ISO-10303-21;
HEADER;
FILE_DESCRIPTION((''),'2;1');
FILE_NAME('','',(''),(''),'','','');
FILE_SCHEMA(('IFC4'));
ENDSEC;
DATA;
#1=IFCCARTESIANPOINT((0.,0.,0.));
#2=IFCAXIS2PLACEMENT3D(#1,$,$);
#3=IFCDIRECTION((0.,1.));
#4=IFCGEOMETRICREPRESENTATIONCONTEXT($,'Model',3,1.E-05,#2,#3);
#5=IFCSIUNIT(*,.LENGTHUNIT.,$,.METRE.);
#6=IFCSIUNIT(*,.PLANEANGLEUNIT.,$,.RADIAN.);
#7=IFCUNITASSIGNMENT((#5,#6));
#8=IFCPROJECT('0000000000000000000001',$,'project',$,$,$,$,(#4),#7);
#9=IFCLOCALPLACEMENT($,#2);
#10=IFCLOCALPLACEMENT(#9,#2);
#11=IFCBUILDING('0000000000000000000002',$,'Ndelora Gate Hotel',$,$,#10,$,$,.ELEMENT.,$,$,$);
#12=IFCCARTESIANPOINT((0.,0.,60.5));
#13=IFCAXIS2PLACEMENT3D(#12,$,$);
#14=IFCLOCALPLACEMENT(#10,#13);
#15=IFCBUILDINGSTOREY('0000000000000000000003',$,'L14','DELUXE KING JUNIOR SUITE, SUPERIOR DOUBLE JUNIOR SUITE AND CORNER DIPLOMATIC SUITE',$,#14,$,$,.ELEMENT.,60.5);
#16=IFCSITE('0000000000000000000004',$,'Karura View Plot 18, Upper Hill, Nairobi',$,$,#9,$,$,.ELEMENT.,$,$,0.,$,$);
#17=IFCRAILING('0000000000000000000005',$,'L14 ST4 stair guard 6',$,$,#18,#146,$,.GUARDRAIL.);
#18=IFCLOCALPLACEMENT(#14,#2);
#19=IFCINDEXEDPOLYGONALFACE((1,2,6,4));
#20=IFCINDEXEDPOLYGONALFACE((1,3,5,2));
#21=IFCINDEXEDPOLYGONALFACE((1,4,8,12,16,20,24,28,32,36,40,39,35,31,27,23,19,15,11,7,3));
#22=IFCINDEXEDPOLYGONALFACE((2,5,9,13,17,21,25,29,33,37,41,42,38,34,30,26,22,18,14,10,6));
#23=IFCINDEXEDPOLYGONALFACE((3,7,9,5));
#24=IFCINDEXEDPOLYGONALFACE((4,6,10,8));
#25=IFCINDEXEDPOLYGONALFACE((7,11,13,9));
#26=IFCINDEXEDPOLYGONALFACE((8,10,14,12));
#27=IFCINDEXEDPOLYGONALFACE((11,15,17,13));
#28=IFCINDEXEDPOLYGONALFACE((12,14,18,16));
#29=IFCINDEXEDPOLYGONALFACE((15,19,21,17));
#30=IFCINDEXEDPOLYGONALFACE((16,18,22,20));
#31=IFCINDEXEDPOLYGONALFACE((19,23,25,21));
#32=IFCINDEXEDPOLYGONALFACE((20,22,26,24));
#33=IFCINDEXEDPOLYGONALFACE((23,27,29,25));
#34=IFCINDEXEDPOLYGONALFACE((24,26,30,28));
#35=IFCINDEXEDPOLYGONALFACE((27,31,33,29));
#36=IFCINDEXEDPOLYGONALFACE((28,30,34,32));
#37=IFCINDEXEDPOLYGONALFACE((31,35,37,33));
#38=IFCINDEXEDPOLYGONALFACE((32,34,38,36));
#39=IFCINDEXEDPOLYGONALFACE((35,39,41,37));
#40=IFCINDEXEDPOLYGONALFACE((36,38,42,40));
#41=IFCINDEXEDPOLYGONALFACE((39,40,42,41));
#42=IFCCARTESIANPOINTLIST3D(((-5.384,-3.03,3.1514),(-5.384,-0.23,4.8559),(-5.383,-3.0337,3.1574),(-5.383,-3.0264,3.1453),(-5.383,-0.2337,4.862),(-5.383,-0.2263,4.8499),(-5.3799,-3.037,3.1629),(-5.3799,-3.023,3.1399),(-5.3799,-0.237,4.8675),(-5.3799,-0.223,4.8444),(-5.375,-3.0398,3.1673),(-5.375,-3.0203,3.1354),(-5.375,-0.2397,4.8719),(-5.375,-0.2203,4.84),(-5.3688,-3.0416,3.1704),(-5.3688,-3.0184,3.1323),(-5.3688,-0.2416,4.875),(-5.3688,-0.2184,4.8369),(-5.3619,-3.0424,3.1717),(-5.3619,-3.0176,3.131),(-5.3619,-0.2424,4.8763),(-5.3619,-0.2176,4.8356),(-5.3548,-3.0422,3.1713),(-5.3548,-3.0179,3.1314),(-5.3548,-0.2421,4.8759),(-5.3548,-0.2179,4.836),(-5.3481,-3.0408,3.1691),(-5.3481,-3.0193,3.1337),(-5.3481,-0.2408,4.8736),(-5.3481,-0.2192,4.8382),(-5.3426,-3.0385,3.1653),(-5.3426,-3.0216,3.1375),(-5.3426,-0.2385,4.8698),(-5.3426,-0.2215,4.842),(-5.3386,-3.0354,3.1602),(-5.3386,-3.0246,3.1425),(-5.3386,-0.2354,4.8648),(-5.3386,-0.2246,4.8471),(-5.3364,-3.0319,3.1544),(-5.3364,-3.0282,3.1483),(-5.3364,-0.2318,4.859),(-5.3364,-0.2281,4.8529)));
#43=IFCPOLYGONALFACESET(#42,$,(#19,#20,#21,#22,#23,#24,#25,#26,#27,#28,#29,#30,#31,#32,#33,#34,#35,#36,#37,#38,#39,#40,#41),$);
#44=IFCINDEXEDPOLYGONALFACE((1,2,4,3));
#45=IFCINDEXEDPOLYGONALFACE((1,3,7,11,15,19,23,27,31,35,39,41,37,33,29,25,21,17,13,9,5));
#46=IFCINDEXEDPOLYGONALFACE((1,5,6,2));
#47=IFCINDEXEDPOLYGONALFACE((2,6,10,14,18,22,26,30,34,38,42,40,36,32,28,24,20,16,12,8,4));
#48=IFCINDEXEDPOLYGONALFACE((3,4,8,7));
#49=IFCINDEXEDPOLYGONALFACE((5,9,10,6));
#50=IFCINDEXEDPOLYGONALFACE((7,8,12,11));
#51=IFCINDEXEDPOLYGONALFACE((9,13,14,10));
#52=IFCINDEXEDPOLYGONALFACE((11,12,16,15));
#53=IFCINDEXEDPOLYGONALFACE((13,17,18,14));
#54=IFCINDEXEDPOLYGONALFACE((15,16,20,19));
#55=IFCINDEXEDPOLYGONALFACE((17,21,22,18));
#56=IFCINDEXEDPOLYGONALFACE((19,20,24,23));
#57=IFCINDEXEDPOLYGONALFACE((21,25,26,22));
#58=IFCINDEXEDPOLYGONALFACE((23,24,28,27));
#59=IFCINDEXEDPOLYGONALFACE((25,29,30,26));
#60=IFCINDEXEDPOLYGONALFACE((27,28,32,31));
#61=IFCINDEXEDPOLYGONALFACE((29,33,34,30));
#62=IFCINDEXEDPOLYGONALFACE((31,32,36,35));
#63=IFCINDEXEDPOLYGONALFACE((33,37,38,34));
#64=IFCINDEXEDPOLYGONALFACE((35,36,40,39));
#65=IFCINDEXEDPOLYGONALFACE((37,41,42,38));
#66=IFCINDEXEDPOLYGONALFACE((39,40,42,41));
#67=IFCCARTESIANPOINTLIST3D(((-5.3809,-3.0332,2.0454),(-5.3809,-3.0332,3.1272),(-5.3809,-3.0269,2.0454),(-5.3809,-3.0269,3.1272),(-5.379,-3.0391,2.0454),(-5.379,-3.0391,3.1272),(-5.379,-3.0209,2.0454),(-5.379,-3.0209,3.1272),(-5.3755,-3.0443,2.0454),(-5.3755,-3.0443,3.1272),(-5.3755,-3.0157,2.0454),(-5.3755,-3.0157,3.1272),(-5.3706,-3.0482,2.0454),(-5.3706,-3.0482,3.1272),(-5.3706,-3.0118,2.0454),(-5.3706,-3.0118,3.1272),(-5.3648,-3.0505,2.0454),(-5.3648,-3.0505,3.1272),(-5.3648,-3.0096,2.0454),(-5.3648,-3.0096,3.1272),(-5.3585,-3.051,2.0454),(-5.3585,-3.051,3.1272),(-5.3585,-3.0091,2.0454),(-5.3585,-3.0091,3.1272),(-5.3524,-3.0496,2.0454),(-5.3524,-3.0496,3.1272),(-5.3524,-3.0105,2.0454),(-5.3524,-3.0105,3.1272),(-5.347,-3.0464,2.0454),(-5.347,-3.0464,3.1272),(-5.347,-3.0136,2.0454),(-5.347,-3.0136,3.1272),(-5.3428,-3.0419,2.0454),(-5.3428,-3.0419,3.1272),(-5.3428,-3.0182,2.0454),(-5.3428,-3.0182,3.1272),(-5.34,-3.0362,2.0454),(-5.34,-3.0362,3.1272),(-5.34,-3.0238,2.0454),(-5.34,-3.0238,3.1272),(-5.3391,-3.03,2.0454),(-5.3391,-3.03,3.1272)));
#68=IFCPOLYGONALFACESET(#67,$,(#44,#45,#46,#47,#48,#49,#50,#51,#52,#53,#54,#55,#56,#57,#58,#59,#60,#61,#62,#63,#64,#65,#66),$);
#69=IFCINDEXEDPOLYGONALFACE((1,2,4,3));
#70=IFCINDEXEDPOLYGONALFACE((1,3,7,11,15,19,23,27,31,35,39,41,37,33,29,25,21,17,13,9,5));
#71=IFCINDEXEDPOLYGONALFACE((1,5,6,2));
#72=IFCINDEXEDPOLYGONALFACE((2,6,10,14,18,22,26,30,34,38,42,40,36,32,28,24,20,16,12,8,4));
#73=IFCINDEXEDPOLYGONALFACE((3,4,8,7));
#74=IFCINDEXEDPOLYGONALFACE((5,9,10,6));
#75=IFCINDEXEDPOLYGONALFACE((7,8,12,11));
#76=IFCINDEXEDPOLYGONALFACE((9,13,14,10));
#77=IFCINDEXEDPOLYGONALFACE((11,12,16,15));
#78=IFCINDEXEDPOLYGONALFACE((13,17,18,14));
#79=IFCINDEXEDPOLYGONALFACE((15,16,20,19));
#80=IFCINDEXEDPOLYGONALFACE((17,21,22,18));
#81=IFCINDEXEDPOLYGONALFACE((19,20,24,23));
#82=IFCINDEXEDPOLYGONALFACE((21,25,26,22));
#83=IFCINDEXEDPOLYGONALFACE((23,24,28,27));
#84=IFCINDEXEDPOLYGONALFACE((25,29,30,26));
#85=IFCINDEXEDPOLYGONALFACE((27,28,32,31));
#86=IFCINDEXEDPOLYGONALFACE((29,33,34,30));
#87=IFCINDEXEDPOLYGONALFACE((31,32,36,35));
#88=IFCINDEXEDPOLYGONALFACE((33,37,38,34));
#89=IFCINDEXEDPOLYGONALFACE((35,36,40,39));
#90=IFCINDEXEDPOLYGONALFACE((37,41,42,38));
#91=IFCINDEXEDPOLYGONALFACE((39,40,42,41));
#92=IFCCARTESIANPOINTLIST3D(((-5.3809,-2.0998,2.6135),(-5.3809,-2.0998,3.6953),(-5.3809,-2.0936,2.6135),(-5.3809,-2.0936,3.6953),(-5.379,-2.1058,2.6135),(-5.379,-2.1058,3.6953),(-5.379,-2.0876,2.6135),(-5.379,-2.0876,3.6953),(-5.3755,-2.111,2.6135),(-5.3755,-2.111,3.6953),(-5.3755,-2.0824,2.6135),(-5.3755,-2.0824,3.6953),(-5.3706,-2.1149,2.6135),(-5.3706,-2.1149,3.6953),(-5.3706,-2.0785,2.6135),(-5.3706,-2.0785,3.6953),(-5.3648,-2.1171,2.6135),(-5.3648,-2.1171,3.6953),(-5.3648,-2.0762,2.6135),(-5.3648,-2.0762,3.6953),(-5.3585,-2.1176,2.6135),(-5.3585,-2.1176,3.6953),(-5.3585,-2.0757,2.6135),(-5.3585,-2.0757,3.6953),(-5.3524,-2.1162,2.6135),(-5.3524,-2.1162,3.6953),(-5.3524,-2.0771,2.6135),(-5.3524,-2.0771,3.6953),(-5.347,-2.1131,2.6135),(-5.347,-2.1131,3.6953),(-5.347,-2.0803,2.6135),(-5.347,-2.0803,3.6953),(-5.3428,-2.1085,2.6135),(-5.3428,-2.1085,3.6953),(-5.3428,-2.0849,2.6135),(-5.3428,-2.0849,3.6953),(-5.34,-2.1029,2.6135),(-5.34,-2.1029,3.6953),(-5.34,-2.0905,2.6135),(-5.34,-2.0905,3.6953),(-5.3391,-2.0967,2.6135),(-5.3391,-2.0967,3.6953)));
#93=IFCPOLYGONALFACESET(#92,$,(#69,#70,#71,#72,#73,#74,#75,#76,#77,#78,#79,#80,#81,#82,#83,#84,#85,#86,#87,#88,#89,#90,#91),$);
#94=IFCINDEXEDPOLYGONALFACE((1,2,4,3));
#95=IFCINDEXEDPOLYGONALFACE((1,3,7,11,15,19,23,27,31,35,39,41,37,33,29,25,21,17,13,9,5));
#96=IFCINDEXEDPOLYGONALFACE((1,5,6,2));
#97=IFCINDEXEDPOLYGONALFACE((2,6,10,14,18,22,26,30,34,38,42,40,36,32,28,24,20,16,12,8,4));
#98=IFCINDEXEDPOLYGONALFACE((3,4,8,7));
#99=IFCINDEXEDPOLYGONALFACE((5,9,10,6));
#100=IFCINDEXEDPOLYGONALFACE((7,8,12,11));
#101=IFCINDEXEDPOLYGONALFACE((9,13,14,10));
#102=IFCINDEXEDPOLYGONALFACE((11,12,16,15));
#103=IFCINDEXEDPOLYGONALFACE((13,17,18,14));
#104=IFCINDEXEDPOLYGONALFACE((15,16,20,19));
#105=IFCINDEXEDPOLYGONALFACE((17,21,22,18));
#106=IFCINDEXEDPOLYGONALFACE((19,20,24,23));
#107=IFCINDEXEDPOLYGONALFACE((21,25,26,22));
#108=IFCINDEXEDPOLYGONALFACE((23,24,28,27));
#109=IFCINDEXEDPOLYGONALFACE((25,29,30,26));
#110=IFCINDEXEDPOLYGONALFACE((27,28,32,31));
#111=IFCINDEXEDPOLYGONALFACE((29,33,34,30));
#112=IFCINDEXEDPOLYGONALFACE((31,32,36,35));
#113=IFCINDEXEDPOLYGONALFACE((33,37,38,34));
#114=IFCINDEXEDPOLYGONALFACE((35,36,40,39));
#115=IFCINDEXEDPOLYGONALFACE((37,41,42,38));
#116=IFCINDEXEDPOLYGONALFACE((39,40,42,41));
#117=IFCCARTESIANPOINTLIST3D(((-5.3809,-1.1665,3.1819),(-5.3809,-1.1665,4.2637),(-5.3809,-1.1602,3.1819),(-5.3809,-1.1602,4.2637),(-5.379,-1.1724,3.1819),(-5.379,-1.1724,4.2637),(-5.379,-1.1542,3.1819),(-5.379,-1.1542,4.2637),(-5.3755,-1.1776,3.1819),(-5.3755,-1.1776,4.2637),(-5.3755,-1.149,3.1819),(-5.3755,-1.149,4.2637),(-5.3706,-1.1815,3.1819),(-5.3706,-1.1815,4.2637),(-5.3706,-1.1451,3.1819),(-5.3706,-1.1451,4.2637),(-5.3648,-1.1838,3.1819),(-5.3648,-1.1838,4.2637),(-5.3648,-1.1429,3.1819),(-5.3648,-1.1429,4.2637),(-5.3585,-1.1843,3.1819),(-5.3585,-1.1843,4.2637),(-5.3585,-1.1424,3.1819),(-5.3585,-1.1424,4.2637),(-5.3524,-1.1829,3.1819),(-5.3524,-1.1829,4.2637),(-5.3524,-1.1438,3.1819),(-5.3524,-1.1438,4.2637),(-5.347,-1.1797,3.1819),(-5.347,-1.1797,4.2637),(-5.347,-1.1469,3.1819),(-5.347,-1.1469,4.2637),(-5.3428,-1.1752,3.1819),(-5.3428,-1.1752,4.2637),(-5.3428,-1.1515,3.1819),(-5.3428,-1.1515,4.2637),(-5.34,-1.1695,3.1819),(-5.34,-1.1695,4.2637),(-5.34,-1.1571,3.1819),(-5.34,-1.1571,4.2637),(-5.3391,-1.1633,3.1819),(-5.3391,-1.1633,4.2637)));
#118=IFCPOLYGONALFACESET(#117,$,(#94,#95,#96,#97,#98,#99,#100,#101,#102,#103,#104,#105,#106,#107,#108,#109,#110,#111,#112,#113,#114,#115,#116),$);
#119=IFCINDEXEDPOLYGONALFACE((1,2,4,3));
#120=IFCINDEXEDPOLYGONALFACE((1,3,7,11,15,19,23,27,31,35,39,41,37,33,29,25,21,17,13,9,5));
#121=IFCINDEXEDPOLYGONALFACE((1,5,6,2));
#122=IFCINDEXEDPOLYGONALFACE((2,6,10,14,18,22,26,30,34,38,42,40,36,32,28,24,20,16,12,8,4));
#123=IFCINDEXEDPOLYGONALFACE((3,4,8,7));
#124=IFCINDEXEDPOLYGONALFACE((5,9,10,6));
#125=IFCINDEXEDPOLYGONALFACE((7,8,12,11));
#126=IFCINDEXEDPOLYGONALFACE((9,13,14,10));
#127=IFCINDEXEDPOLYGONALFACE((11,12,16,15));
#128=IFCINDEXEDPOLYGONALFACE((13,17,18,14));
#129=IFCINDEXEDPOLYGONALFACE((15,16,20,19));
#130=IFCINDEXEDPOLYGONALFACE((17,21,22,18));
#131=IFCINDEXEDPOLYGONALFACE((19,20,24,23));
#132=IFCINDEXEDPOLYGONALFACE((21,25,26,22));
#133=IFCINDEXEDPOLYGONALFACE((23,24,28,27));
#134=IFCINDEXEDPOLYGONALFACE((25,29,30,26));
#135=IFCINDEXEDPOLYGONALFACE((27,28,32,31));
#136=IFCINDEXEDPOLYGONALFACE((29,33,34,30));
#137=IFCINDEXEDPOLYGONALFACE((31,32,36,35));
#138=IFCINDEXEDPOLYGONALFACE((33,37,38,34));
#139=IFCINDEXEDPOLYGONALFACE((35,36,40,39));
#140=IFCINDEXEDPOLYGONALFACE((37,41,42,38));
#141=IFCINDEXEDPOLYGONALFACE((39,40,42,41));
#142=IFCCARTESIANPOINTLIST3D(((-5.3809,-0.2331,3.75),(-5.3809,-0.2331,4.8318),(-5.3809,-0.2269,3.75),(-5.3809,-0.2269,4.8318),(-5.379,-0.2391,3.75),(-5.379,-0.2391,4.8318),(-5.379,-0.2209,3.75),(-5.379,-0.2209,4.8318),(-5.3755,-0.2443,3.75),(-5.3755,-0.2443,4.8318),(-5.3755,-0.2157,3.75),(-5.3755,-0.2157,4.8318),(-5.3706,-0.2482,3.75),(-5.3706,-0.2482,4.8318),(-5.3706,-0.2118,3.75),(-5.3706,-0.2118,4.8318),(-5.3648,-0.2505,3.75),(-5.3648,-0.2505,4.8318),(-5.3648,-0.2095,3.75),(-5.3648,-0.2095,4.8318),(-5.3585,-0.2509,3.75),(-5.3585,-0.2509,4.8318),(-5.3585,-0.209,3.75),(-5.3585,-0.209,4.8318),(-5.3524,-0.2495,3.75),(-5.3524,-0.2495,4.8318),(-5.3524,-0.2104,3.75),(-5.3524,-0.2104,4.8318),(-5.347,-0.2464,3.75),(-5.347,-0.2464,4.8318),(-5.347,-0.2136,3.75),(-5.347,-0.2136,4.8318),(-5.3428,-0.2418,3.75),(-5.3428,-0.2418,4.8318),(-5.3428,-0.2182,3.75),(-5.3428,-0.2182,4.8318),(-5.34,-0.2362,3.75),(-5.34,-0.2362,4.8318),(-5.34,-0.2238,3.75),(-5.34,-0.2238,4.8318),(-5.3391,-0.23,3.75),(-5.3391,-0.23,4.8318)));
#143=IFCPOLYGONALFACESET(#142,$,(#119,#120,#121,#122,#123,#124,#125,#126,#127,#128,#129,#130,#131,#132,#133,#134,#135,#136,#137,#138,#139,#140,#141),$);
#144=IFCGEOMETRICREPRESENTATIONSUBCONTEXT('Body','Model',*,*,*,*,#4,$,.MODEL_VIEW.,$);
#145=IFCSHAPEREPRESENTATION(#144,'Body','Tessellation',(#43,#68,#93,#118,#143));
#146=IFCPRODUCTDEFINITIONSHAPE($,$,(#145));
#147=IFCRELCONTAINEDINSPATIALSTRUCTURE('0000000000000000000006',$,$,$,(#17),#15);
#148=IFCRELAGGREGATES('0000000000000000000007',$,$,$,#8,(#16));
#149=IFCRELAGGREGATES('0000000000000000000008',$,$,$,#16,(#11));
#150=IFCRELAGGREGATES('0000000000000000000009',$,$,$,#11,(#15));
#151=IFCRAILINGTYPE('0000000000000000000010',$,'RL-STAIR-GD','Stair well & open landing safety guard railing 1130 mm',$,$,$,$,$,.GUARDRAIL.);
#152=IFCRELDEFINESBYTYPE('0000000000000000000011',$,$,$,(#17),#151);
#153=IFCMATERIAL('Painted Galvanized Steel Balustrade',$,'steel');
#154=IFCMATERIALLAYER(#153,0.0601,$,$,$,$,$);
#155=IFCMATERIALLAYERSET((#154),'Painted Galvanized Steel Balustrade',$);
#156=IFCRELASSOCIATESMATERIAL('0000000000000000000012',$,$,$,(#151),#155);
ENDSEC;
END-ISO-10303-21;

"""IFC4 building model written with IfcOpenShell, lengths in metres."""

from ifc_helpers import new_model, si_unit, direction, frame, origin, origin_2d, place, context, subcontext, project, spatial, circle, extrude, material, layer, layer_set, type_object, element, save


model = new_model("IFC4")

# Units and contexts
model_context = context("Model", 3, precision=1e-05, world=origin(), true_north=direction((0.0, 1.0)))
body_context = subcontext(model_context, "Body", "Model", "MODEL_VIEW")
ifc_project = project(units=[si_unit("LENGTHUNIT", "METRE"), si_unit("PLANEANGLEUNIT", "RADIAN")], contexts=[model_context])

# Site, building, storey
site_placement = place(None, origin())
site = spatial("IfcSite", under=ifc_project, at=site_placement, Name="Karura View Plot 18, Upper Hill, Nairobi", CompositionType="ELEMENT", RefElevation=0.0)
building_placement = place(site_placement, origin())
building = spatial("IfcBuilding", under=site, at=building_placement, Name="Ndelora Gate Hotel", CompositionType="ELEMENT")
storey_placement = place(building_placement, frame((0.0, 0.0, 60.5)))
storey = spatial("IfcBuildingStorey", under=building, at=storey_placement, Name="L14", Description="DELUXE KING JUNIOR SUITE, SUPERIOR DOUBLE JUNIOR SUITE AND CORNER DIPLOMATIC SUITE", CompositionType="ELEMENT", Elevation=60.5)

# Railing
ifc_material_1 = material(Name="Painted Galvanized Steel Balustrade", Category="steel")
ifc_layer_1 = layer(ifc_material_1, 0.0601)
ifc_layer_set_1 = layer_set([ifc_layer_1], Name="Painted Galvanized Steel Balustrade")
railing_type_1 = type_object("IfcRailingType", Name="RL-STAIR-GD", Description="Stair well & open landing safety guard railing 1130 mm", PredefinedType="GUARDRAIL", material=ifc_layer_set_1)
railing_1_placement = place(storey_placement, frame((-5.3601, -3.03, 2.0454)))
element("IfcRailing", 1, at=railing_1_placement, inside=storey, type_object=railing_type_1, Name="L14 ST4 stair guard 6", PredefinedType="GUARDRAIL", context=body_context, shape_type="SweptSolid", body=[
    extrude(circle(Radius=0.0239, at=origin_2d()), frame((0.0, 0.0, 1.106), z_axis=(0.0, 0.85417, 0.519994), x_axis=(-1.0, 0.0, 0.0)), (0.0, 0.0, 1.0), 3.2781),
    extrude(circle(Radius=0.021, at=origin_2d()), origin(), (0.0, 0.0, 1.0), 1.0818),
    extrude(circle(Radius=0.021, at=origin_2d()), frame((0.0, 0.9333, 0.5681)), (0.0, 0.0, 1.0), 1.0818),
    extrude(circle(Radius=0.021, at=origin_2d()), frame((0.0, 1.8667, 1.1365)), (0.0, 0.0, 1.0), 1.0818),
    extrude(circle(Radius=0.021, at=origin_2d()), frame((0.0, 2.8, 1.7046)), (0.0, 0.0, 1.0), 1.0818),
])

save(model, "model.ifc")
